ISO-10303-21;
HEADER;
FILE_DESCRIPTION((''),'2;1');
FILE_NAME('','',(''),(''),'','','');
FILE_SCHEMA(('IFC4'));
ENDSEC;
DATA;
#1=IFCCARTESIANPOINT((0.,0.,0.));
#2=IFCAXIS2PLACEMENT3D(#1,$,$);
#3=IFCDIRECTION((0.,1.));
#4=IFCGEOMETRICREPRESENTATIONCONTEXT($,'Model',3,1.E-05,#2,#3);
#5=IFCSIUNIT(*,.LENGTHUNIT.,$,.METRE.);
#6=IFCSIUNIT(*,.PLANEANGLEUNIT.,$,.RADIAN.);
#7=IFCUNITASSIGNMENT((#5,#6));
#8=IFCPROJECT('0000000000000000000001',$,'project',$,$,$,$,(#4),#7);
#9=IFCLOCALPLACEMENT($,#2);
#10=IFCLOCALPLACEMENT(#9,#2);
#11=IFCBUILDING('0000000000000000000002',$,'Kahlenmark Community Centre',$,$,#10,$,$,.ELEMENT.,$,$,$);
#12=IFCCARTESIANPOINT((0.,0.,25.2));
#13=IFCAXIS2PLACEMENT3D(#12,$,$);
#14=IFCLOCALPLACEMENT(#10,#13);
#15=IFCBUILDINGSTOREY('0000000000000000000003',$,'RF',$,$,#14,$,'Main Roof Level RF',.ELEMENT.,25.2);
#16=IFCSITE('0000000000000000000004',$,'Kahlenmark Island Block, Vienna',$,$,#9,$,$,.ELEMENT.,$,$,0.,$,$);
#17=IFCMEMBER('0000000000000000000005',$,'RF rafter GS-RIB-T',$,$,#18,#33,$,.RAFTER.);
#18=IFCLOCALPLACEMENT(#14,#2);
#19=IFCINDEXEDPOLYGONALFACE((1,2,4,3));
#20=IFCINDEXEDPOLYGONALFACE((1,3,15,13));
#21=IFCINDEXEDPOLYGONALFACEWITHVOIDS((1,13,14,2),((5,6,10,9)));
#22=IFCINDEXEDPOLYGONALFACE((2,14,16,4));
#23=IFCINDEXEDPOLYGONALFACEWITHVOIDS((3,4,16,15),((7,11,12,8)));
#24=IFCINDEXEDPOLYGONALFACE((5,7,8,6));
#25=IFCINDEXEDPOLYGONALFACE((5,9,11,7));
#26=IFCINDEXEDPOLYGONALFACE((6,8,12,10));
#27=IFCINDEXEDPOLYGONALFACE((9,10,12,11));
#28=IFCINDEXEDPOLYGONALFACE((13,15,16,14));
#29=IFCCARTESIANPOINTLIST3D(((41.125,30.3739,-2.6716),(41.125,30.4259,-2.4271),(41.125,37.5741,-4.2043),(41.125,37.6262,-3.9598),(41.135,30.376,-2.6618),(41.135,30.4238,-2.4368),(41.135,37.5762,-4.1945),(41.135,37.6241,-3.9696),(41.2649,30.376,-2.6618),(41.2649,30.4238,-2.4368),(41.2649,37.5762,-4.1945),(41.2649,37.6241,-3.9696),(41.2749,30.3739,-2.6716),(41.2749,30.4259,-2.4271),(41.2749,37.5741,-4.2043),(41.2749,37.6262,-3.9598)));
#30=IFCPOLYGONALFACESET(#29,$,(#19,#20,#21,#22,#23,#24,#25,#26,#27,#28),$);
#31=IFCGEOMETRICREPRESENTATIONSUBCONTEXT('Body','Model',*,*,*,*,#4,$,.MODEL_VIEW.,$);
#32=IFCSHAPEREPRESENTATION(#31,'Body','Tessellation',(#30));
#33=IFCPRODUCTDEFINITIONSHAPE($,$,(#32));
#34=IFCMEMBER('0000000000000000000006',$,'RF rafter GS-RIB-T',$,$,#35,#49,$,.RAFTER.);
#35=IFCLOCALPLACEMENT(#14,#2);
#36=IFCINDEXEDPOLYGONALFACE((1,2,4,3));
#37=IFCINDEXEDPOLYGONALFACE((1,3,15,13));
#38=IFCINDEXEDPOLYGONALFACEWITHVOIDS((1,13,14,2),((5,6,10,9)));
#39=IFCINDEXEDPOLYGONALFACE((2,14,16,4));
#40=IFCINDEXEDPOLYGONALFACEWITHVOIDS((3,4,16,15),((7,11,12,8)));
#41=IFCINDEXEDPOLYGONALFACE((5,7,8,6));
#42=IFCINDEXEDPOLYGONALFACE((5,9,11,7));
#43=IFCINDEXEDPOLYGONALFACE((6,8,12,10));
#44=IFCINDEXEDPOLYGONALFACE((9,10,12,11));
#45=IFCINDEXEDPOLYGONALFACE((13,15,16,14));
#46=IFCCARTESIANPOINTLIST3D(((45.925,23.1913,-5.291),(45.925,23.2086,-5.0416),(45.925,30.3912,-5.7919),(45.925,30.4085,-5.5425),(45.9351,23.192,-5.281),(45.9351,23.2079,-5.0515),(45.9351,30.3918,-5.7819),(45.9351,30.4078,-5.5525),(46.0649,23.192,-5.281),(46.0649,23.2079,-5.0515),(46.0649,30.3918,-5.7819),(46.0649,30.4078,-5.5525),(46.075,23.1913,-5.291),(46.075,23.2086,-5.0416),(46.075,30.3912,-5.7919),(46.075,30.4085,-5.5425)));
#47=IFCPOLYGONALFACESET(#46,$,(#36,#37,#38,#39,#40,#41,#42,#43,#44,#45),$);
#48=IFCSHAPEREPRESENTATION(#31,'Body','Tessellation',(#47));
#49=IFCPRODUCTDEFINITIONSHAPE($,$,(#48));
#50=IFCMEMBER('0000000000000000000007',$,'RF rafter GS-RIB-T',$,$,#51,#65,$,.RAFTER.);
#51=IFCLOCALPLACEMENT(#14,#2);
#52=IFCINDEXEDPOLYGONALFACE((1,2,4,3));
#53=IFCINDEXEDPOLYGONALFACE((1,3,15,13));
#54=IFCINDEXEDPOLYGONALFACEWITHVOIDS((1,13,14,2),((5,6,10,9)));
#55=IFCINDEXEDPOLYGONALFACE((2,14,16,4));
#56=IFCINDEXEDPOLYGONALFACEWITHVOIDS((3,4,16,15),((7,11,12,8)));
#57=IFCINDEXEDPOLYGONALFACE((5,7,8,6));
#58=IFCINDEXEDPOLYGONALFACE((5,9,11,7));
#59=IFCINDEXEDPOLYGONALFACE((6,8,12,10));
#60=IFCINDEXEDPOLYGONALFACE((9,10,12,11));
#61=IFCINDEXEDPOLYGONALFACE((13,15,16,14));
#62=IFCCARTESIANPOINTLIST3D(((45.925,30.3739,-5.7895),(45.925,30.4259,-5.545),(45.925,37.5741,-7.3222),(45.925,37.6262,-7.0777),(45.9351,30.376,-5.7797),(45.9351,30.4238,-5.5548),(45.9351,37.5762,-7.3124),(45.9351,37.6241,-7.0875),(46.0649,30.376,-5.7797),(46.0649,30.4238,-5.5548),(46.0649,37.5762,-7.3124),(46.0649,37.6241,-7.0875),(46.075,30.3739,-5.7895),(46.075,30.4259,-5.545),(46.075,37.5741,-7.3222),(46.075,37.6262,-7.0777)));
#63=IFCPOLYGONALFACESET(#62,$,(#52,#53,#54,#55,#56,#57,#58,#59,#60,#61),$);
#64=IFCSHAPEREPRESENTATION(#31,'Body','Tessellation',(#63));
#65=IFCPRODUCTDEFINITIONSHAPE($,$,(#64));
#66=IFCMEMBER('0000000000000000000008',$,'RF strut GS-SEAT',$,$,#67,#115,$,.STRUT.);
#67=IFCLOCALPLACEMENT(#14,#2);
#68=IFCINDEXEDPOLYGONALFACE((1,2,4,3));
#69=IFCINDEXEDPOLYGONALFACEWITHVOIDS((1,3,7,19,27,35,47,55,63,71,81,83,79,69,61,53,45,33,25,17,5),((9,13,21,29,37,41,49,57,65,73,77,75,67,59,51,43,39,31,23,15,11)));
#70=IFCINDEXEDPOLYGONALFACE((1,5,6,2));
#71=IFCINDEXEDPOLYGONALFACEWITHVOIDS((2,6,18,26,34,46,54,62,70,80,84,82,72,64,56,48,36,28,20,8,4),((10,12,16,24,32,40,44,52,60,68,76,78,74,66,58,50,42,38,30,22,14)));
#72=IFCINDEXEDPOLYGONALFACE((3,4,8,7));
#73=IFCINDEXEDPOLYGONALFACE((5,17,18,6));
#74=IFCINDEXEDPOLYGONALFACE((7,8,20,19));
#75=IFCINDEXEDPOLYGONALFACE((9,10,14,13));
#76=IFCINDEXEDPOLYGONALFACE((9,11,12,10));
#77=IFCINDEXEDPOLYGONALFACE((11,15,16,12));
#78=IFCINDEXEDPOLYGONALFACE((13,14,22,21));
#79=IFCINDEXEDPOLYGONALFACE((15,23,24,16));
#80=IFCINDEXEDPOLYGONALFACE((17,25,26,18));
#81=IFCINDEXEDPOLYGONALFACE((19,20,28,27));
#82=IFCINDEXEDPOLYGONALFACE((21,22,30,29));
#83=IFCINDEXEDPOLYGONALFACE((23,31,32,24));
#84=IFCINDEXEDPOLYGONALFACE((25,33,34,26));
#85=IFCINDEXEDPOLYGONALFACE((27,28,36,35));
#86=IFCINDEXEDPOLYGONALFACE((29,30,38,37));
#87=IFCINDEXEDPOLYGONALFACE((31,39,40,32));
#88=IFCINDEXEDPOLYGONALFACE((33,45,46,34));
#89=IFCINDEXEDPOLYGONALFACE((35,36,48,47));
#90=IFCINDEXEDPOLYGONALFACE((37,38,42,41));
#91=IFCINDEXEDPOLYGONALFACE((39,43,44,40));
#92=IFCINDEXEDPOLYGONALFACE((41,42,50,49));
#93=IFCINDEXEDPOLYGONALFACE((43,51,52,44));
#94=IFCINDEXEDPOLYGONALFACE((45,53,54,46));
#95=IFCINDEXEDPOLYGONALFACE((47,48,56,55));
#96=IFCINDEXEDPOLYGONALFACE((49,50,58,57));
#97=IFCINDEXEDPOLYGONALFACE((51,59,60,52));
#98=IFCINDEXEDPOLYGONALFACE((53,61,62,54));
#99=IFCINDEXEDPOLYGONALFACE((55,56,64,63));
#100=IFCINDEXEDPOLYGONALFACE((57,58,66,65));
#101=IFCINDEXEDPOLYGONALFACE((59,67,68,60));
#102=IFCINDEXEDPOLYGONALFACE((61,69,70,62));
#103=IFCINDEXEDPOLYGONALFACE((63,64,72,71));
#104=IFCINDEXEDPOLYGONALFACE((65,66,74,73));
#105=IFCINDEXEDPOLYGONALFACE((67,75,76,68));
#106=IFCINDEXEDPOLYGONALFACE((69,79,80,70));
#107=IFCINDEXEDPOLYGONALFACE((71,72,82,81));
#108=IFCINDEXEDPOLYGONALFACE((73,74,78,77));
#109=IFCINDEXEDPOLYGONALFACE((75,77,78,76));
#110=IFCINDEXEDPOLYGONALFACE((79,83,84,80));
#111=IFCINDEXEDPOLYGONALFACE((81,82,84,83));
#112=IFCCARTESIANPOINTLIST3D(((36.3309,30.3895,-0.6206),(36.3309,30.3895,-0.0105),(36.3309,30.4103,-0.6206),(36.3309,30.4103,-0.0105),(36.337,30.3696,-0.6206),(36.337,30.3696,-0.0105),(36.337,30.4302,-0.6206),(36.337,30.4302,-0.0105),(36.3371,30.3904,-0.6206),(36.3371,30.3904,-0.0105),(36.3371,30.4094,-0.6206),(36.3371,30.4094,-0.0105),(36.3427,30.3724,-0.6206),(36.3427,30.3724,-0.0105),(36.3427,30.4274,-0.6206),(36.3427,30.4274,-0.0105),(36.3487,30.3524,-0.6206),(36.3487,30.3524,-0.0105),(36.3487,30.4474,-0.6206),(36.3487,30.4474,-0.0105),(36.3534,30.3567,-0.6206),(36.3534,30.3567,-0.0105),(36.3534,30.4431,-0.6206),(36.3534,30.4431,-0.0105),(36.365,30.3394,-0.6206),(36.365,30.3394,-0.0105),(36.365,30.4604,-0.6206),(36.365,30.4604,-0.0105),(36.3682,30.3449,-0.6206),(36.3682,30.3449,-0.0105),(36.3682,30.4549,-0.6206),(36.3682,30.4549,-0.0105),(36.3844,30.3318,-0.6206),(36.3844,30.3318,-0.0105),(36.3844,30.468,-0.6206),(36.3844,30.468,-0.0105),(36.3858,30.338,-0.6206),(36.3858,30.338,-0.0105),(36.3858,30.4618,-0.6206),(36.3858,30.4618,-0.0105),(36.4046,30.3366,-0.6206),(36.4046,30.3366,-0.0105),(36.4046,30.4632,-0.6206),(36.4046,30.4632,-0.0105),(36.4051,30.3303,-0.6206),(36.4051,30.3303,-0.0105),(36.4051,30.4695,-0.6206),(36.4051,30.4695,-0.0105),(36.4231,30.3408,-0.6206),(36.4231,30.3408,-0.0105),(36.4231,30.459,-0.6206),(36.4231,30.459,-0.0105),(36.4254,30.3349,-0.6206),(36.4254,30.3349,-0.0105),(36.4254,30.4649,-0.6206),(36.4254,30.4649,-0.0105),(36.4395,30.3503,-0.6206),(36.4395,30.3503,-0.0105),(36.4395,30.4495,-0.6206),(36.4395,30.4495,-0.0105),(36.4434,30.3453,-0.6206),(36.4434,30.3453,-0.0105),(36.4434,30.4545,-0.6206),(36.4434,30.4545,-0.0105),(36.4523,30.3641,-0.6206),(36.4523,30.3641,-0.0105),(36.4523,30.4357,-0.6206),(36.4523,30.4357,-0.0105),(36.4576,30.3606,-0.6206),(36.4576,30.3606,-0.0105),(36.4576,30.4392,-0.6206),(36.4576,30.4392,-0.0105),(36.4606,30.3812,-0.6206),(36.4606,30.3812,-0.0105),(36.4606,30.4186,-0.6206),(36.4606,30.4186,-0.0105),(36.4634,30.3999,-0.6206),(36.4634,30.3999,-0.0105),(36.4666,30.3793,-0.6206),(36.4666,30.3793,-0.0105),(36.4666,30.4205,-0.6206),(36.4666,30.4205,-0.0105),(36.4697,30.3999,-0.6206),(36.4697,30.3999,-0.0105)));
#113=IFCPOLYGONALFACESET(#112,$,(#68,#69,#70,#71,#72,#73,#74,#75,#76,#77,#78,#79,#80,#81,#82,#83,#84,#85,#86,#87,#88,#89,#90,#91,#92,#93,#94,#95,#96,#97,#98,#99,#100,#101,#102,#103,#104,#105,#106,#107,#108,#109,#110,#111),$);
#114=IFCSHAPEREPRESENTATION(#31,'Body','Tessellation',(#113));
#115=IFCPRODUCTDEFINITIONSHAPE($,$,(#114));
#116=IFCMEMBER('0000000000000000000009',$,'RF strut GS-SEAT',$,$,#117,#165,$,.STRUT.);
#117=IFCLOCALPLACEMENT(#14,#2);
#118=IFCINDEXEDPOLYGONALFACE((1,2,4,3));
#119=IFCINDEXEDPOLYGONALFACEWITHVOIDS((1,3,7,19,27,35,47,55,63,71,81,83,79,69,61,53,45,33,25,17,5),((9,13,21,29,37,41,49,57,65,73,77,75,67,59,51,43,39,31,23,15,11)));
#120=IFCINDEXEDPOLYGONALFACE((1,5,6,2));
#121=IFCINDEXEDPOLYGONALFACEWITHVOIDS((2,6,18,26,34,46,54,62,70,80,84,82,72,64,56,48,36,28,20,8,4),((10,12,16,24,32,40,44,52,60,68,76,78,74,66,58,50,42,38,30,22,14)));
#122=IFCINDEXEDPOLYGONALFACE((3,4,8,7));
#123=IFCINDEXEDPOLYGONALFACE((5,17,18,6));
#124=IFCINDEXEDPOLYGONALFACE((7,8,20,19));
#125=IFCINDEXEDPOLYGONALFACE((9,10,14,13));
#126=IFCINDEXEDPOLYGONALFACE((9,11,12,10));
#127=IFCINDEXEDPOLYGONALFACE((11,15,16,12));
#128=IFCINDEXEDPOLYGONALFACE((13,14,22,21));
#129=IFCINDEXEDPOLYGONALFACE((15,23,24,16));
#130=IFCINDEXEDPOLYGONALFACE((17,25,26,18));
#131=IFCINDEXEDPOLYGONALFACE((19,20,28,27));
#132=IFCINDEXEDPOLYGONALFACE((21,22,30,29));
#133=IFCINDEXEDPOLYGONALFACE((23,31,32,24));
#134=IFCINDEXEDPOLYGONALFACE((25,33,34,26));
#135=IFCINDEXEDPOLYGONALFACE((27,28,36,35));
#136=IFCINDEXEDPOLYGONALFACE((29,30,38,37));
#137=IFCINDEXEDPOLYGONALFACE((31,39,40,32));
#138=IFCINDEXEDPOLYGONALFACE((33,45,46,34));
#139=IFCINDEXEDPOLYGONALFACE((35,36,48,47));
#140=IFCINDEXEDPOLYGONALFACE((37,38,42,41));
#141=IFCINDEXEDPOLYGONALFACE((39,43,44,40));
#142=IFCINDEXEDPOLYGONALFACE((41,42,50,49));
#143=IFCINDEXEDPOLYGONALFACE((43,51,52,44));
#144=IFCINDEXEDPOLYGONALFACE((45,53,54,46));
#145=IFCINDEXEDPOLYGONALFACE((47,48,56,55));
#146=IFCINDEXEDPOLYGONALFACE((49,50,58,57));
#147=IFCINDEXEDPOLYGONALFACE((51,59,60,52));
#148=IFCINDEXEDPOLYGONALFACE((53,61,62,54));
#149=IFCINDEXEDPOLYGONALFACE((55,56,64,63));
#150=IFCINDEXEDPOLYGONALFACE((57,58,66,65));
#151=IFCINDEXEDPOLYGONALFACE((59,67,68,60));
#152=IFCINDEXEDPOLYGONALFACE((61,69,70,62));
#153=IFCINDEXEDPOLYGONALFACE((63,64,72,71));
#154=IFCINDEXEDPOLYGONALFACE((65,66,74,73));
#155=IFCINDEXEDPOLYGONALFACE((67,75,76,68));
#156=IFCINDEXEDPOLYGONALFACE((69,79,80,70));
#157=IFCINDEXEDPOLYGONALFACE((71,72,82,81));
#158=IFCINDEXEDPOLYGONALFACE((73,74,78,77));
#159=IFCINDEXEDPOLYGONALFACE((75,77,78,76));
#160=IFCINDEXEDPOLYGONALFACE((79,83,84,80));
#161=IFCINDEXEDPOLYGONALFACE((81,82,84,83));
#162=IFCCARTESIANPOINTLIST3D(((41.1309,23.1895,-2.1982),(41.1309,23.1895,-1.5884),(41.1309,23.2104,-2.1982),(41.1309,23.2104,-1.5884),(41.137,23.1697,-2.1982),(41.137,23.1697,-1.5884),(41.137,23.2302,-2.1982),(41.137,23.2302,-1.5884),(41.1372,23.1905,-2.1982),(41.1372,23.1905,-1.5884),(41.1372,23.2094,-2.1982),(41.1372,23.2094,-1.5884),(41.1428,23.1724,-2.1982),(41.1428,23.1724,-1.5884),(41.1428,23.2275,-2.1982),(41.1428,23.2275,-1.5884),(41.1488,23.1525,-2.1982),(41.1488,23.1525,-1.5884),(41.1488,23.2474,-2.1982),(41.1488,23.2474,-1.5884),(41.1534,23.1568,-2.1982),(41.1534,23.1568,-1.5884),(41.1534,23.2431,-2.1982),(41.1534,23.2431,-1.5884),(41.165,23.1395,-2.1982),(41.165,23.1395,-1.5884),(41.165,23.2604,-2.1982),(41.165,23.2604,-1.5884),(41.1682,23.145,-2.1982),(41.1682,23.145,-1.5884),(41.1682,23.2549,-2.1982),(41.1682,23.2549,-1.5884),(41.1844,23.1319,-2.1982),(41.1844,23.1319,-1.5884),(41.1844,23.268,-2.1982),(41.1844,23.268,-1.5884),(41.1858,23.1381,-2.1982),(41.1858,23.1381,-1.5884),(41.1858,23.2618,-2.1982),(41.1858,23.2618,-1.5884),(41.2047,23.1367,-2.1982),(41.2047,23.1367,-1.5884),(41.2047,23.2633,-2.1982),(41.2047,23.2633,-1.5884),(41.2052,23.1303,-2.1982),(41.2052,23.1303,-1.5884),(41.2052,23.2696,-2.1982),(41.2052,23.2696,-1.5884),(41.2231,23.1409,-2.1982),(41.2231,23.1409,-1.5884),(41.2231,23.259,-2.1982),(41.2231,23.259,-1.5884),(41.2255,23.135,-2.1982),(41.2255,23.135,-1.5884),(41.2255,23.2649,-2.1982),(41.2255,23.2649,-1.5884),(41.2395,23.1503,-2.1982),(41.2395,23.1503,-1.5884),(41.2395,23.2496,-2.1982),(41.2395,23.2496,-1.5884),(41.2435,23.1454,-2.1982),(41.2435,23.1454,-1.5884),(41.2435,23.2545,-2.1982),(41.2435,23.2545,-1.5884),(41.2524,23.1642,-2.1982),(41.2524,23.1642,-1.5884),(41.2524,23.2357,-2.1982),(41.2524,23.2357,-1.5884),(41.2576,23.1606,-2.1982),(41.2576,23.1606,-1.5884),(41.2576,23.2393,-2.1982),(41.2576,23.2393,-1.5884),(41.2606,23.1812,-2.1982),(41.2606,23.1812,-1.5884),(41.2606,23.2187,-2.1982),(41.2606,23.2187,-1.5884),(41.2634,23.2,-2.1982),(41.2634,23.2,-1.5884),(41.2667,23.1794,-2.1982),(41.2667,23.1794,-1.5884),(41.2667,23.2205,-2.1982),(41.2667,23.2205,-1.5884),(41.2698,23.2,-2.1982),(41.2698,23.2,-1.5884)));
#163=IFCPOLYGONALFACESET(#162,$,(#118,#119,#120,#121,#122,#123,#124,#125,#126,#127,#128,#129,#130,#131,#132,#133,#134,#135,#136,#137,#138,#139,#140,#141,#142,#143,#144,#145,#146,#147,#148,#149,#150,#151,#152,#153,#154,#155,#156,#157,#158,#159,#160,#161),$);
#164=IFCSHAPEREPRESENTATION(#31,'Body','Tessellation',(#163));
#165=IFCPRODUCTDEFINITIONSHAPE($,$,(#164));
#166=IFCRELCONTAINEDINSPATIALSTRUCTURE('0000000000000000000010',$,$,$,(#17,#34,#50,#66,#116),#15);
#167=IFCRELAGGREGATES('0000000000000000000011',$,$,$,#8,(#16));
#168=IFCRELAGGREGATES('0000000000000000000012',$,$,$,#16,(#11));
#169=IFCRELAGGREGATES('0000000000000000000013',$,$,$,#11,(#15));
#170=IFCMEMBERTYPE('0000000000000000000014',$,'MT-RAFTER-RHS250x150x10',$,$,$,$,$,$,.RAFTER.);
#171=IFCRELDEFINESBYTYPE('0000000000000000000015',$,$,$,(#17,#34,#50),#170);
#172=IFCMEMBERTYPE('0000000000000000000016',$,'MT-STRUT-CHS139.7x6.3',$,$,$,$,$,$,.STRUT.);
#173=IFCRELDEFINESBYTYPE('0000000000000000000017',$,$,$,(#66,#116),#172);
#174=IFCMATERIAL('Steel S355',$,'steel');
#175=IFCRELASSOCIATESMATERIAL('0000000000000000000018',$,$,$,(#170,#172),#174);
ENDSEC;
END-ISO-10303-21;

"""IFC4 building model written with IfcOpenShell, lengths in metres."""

from ifc_helpers import new_model, si_unit, direction, frame, origin, origin_2d, place, context, subcontext, project, spatial, hollow_rectangle, hollow_circle, extrude, material, material_profile, profile_set, type_object, element, save


model = new_model("IFC4")

# Units and contexts
model_context = context("Model", 3, precision=1e-05, world=origin(), true_north=direction((0.0, 1.0)))
body_context = subcontext(model_context, "Body", "Model", "MODEL_VIEW")
ifc_project = project(units=[si_unit("LENGTHUNIT", "METRE"), si_unit("PLANEANGLEUNIT", "RADIAN")], contexts=[model_context])

# Site, building, storey
site_placement = place(None, origin())
site = spatial("IfcSite", under=ifc_project, at=site_placement, Name="Kahlenmark Island Block, Vienna", CompositionType="ELEMENT", RefElevation=0.0)
building_placement = place(site_placement, origin())
building = spatial("IfcBuilding", under=site, at=building_placement, Name="Kahlenmark Community Centre", CompositionType="ELEMENT")
storey_placement = place(building_placement, frame((0.0, 0.0, 25.2)))
storey = spatial("IfcBuildingStorey", under=building, at=storey_placement, Name="RF", LongName="Main Roof Level RF", CompositionType="ELEMENT", Elevation=25.2)

# Members
ifc_material_1 = material(Name="Steel S355", Category="steel")
ifc_material_profile_1 = material_profile(ifc_material_1, hollow_rectangle(XDim=0.1499, YDim=0.25, WallThickness=0.01, at=origin_2d()), Name="RHS 250x150x10")
ifc_profile_set_1 = profile_set([ifc_material_profile_1], Name="Steel S355")
member_type_1 = type_object("IfcMemberType", Name="MT-RAFTER-RHS250x150x10", PredefinedType="RAFTER", material=ifc_profile_set_1)
member_1_placement = place(storey_placement, frame((41.2, 30.3999, -2.5493), z_axis=(0.0, 0.978085, -0.208206), x_axis=(-1.0, 0.0, 0.0)))
element("IfcMember", 1, at=member_1_placement, inside=storey, type_object=member_type_1, Name="RF rafter GS-RIB-T", PredefinedType="RAFTER", context=body_context, shape_type="SweptSolid", body=[
    extrude(hollow_rectangle(XDim=0.1499, YDim=0.25, WallThickness=0.01, at=origin_2d()), origin(), (0.0, 0.0, 1.0), 7.3616),
])
member_2_placement = place(storey_placement, frame((46.0, 23.2, -5.1663), z_axis=(0.0, 0.997588, -0.069413), x_axis=(-1.0, 0.0, 0.0)))
element("IfcMember", 2, at=member_2_placement, inside=storey, type_object=member_type_1, Name="RF rafter GS-RIB-T", PredefinedType="RAFTER", context=body_context, shape_type="SweptSolid", body=[
    extrude(hollow_rectangle(XDim=0.1499, YDim=0.25, WallThickness=0.01, at=origin_2d()), origin(), (0.0, 0.0, 1.0), 7.2173),
])
member_3_placement = place(storey_placement, frame((46.0, 30.3999, -5.6672), z_axis=(0.0, 0.978085, -0.208206), x_axis=(-1.0, 0.0, 0.0)))
element("IfcMember", 3, at=member_3_placement, inside=storey, type_object=member_type_1, Name="RF rafter GS-RIB-T", PredefinedType="RAFTER", context=body_context, shape_type="SweptSolid", body=[
    extrude(hollow_rectangle(XDim=0.1499, YDim=0.25, WallThickness=0.01, at=origin_2d()), origin(), (0.0, 0.0, 1.0), 7.3616),
])
ifc_material_profile_2 = material_profile(ifc_material_1, hollow_circle(Radius=0.0698, WallThickness=0.0063, at=origin_2d()), Name="CHS 139.7x6.3")
ifc_profile_set_2 = profile_set([ifc_material_profile_2], Name="Steel S355")
member_type_2 = type_object("IfcMemberType", Name="MT-STRUT-CHS139.7x6.3", PredefinedType="STRUT", material=ifc_profile_set_2)
member_4_placement = place(storey_placement, frame((36.3999, 30.3999, -0.6206), z_axis=(0.0, 0.0, 1.0), x_axis=(1.0, 0.0, 0.0)))
element("IfcMember", 4, at=member_4_placement, inside=storey, type_object=member_type_2, Name="RF strut GS-SEAT", PredefinedType="STRUT", context=body_context, shape_type="SweptSolid", body=[
    extrude(hollow_circle(Radius=0.0698, WallThickness=0.0063, at=origin_2d()), origin(), (0.0, 0.0, 1.0), 0.6101),
])
for number, where, z_axis, x_axis, name in (
    (5, (41.2, 23.2, -2.1982), (0.0, 0.0, 1.0), (1.0, 0.0, 0.0), "RF strut GS-SEAT"),
):
    element("IfcMember", number, at=place(storey_placement, frame(where, z_axis=z_axis, x_axis=x_axis)), inside=storey, type_object=member_type_2, Name=name, PredefinedType="STRUT", context=body_context, shape_type="SweptSolid", body=[
        extrude(hollow_circle(Radius=0.0698, WallThickness=0.0063, at=origin_2d()), origin(), (0.0, 0.0, 1.0), 0.6099),
    ])

save(model, "model.ifc")
